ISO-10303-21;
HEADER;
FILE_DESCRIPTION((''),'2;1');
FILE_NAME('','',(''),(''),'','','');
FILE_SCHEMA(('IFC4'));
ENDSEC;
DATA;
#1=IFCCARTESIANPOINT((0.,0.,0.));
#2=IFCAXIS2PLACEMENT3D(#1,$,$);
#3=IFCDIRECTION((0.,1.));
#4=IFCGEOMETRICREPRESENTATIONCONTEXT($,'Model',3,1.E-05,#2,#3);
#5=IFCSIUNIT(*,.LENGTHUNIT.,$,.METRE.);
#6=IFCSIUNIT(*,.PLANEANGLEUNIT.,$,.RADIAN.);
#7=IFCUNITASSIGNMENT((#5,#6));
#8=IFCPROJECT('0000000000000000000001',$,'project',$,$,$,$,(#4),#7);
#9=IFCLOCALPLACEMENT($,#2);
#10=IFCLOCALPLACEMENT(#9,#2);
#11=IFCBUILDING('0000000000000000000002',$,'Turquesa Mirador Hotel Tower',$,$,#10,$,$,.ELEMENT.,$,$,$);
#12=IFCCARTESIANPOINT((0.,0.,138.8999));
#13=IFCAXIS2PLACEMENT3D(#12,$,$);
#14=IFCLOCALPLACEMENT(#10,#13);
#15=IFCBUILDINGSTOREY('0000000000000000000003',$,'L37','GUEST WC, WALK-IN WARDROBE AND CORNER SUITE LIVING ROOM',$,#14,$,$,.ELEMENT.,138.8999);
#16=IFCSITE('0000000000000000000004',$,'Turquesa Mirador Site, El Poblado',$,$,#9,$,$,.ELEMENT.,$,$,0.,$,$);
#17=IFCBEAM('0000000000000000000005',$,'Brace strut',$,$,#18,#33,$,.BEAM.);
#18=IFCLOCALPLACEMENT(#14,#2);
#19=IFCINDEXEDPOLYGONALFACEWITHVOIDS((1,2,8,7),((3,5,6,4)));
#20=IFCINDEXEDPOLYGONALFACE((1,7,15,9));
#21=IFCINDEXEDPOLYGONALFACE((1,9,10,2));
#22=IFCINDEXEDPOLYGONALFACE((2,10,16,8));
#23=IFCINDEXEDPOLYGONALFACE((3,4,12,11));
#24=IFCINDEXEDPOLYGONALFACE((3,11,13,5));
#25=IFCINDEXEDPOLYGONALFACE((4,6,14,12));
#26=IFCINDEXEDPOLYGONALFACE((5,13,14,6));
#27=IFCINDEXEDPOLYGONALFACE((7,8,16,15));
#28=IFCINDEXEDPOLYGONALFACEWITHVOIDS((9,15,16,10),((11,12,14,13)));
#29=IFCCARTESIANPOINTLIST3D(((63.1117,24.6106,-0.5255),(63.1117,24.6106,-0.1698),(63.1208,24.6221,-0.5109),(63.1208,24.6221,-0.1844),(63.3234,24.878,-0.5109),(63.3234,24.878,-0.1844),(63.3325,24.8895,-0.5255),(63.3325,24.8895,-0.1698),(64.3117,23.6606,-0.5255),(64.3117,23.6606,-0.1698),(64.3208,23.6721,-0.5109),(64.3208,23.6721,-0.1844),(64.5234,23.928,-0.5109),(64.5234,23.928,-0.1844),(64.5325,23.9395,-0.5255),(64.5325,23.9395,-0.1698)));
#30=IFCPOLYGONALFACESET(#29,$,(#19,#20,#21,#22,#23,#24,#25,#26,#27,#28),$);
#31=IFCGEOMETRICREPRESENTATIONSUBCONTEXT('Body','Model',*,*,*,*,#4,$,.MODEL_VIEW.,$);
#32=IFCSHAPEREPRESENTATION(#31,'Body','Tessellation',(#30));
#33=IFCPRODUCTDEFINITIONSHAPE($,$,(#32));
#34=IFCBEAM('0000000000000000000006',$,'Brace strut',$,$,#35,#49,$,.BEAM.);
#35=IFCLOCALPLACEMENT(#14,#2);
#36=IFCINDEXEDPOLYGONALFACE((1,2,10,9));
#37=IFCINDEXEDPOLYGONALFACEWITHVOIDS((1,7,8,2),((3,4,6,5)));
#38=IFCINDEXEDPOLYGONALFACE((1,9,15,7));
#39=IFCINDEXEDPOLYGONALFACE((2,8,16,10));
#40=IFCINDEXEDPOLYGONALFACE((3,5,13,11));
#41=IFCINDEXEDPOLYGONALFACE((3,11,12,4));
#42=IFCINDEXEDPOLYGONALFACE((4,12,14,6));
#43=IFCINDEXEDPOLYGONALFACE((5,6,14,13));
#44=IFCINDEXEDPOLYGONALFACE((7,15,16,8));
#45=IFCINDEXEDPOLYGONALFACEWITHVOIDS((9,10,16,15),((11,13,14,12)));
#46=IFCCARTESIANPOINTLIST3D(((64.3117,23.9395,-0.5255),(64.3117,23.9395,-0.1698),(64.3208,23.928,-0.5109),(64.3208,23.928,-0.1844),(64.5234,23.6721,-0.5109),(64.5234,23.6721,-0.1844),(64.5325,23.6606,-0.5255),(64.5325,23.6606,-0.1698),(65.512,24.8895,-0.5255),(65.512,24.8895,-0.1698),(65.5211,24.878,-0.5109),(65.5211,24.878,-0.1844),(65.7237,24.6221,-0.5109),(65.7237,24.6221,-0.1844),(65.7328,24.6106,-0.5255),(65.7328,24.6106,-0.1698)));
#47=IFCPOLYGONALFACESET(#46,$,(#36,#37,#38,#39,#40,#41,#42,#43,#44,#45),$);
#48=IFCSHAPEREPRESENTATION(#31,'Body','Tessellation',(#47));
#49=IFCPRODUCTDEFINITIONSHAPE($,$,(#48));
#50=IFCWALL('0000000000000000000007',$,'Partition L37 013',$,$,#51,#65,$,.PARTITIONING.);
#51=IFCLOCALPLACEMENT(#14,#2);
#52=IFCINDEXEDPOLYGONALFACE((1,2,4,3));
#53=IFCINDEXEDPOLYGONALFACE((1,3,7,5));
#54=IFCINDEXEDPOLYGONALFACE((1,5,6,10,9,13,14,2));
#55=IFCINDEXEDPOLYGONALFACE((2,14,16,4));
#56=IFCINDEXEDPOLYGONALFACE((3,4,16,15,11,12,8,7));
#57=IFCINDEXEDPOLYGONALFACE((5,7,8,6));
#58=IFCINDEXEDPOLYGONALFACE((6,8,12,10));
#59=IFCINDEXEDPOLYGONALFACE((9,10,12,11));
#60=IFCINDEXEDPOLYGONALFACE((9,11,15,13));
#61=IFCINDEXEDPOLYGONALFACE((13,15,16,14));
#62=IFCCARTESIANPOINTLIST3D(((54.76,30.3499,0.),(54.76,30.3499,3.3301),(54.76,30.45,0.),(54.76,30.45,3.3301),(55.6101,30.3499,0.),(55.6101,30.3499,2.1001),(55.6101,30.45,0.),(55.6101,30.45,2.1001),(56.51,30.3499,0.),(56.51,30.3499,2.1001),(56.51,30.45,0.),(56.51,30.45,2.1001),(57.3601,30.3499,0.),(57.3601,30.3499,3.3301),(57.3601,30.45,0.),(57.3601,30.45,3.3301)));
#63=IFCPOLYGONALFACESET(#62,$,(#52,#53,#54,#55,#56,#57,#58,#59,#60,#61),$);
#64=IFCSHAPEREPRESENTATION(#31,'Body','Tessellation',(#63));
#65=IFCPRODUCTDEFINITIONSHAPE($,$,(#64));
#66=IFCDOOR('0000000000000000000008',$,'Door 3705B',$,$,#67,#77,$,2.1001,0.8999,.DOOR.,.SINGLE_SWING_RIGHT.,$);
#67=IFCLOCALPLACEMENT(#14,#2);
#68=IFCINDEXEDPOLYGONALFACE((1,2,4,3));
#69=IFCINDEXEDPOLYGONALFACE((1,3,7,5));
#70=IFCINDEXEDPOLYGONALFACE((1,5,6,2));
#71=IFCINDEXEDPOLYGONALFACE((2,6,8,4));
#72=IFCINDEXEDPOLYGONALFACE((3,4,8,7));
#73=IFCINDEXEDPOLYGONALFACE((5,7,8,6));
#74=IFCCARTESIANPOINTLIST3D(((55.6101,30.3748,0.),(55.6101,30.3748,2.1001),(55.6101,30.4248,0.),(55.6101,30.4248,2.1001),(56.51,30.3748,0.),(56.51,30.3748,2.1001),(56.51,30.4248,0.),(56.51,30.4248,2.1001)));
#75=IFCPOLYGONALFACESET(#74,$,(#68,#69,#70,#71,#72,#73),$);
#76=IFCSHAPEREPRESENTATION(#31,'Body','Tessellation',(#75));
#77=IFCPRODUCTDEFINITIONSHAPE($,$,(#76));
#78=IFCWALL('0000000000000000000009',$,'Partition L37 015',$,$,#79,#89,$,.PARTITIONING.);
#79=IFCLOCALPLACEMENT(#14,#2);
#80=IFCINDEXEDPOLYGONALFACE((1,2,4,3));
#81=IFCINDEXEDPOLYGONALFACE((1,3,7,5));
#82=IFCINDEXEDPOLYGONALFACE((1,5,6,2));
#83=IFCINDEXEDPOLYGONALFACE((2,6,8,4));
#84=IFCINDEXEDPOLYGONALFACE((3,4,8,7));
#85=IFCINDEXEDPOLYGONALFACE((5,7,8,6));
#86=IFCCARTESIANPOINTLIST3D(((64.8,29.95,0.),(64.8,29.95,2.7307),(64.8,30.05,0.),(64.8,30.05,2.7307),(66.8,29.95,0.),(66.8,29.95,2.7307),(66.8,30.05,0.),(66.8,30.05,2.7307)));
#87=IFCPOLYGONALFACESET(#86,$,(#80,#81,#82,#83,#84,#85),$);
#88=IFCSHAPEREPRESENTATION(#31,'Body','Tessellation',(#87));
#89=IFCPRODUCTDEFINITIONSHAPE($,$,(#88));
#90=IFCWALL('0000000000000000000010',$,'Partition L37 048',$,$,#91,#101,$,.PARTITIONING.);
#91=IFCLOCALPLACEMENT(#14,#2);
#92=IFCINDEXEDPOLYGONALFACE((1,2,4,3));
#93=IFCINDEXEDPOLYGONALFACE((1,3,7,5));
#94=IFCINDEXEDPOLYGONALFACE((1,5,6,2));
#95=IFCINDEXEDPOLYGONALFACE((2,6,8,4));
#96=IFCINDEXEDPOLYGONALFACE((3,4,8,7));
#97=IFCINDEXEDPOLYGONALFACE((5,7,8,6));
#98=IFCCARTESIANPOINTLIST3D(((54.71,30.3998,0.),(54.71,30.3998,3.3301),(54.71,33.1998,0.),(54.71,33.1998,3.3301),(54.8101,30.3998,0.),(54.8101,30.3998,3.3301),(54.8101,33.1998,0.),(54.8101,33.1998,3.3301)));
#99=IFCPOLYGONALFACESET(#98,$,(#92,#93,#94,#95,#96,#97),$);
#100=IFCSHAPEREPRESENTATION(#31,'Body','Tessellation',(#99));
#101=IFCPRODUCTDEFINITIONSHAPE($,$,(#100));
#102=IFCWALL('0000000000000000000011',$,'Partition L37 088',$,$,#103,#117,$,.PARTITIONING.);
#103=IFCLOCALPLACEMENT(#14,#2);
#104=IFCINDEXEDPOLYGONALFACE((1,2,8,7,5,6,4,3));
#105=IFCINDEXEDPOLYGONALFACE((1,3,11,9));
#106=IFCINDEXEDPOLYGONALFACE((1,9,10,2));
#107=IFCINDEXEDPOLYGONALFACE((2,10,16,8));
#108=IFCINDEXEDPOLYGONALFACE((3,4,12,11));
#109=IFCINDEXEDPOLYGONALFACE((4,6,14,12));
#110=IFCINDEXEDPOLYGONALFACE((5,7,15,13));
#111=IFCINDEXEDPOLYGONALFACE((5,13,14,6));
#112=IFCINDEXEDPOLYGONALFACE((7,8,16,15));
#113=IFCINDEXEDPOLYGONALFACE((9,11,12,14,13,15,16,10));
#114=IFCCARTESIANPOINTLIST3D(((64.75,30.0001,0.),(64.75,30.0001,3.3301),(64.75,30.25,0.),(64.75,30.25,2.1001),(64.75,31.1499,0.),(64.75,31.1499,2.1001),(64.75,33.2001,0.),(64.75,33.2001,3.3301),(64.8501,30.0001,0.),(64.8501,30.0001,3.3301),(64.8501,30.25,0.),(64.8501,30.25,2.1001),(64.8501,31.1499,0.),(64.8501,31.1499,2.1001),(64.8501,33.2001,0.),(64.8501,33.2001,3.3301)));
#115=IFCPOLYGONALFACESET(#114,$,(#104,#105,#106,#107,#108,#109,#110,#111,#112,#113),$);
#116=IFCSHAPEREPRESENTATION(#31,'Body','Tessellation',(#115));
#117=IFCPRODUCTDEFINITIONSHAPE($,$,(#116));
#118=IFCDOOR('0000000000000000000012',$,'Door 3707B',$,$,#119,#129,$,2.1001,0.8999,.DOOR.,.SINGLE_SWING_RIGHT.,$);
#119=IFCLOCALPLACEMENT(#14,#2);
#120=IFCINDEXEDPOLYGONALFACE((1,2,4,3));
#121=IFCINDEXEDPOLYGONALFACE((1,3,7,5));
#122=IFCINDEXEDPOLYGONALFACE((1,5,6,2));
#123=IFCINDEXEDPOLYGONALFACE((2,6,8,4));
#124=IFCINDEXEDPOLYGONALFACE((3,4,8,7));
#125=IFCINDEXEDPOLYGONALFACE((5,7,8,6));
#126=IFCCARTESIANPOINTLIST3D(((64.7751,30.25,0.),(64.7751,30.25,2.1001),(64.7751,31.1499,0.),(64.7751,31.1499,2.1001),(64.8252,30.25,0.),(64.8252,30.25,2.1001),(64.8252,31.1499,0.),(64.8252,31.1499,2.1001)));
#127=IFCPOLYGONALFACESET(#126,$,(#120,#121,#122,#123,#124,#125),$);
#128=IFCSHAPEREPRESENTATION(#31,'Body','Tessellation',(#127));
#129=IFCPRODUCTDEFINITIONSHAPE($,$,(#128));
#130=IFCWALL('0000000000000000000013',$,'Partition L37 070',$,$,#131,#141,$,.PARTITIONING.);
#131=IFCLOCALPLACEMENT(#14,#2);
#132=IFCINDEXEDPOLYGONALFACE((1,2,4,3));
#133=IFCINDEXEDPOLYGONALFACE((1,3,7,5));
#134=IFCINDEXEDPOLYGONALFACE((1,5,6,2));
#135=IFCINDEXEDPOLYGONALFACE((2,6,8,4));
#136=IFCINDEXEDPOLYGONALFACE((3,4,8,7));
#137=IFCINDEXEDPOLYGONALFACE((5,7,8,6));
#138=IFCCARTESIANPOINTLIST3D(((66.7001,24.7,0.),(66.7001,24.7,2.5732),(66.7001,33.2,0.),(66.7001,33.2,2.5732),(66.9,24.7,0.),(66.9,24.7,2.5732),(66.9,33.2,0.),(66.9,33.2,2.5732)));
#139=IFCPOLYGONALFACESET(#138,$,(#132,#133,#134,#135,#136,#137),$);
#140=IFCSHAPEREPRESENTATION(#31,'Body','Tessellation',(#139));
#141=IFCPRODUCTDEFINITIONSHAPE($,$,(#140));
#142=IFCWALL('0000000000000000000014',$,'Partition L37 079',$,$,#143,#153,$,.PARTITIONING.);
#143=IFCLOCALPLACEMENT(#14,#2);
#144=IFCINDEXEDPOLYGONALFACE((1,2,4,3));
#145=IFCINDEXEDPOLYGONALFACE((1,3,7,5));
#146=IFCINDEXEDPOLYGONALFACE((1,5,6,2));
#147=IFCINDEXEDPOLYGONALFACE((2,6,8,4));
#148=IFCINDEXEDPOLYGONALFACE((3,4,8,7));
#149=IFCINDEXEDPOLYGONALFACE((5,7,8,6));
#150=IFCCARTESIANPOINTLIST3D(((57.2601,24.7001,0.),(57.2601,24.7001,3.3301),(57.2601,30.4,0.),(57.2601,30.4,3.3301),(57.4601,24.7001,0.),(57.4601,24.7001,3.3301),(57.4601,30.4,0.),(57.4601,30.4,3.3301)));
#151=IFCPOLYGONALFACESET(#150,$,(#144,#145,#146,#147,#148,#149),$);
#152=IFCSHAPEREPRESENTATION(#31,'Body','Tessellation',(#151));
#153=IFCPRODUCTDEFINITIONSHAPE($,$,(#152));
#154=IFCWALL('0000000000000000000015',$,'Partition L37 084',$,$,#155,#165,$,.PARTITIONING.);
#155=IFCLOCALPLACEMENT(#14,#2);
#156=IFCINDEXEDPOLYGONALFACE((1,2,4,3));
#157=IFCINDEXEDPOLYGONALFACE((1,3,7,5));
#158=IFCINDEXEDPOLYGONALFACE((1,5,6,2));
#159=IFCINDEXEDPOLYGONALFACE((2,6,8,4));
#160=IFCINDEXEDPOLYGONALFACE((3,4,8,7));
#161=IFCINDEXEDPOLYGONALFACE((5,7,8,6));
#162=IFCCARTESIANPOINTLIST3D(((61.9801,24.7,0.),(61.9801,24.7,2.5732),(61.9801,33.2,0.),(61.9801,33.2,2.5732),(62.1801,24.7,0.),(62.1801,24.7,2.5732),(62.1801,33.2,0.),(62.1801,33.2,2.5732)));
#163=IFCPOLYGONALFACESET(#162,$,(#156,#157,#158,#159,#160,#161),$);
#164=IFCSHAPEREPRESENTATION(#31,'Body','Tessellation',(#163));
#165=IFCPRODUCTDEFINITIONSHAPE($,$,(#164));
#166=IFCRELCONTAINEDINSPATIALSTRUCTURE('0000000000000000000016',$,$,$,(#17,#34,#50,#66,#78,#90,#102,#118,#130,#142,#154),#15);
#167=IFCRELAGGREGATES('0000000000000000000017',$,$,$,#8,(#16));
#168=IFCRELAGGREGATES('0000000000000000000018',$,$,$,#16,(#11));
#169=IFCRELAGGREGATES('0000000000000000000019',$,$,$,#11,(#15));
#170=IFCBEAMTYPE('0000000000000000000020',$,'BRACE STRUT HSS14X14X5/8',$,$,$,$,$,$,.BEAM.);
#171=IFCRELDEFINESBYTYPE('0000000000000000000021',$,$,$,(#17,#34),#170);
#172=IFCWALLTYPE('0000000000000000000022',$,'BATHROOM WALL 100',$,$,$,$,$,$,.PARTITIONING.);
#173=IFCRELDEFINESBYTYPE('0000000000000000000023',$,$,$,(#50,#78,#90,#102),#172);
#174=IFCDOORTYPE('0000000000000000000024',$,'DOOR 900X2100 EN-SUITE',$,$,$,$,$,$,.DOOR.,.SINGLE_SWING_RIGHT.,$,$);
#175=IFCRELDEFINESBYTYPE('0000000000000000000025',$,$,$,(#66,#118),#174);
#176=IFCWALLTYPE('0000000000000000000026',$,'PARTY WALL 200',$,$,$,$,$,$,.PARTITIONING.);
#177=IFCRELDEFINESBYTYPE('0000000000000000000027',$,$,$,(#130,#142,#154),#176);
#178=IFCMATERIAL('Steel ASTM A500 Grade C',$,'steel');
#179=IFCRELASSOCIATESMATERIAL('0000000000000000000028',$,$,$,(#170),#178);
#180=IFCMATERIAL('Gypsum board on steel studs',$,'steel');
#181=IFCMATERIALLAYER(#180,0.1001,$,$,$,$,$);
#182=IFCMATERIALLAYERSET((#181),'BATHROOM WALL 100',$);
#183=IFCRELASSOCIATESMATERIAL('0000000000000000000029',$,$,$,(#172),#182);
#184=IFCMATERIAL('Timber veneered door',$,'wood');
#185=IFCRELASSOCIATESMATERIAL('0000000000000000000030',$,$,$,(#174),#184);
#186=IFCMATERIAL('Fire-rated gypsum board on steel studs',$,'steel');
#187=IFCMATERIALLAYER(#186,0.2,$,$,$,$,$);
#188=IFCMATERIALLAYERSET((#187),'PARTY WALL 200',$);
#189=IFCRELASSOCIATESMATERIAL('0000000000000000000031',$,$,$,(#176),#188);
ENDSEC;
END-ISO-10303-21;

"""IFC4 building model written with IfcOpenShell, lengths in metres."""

from ifc_helpers import new_model, si_unit, direction, frame, frame_2d, origin, origin_2d, place, context, subcontext, project, spatial, rectangle, hollow_rectangle, extrude, material, layer, layer_set, material_profile, profile_set, type_object, element, fill, save


model = new_model("IFC4")

# Units and contexts
model_context = context("Model", 3, precision=1e-05, world=origin(), true_north=direction((0.0, 1.0)))
body_context = subcontext(model_context, "Body", "Model", "MODEL_VIEW")
ifc_project = project(units=[si_unit("LENGTHUNIT", "METRE"), si_unit("PLANEANGLEUNIT", "RADIAN")], contexts=[model_context])

# Site, building, storey
site_placement = place(None, origin())
site = spatial("IfcSite", under=ifc_project, at=site_placement, Name="Turquesa Mirador Site, El Poblado", CompositionType="ELEMENT", RefElevation=0.0)
building_placement = place(site_placement, origin())
building = spatial("IfcBuilding", under=site, at=building_placement, Name="Turquesa Mirador Hotel Tower", CompositionType="ELEMENT")
storey_placement = place(building_placement, frame((0.0, 0.0, 138.8999)))
storey = spatial("IfcBuildingStorey", under=building, at=storey_placement, Name="L37", Description="GUEST WC, WALK-IN WARDROBE AND CORNER SUITE LIVING ROOM", CompositionType="ELEMENT", Elevation=138.8999)

# Beams
ifc_material_1 = material(Name="Steel ASTM A500 Grade C", Category="steel")
ifc_material_profile_1 = material_profile(ifc_material_1, hollow_rectangle(XDim=0.3557, YDim=0.3557, WallThickness=0.0146, at=origin_2d()), Name="HSS14X14X5/8")
ifc_profile_set_1 = profile_set([ifc_material_profile_1], Name="Steel ASTM A500 Grade C")
beam_type_1 = type_object("IfcBeamType", Name="BRACE STRUT HSS14X14X5/8", PredefinedType="BEAM", material=ifc_profile_set_1)
beam_1_placement = place(storey_placement, frame((64.4221, 23.8, -0.3477), z_axis=(-0.784049, 0.620699, 0.0), x_axis=(-0.620699, -0.784049, 0.0)))
element("IfcBeam", 1, at=beam_1_placement, inside=storey, type_object=beam_type_1, Name="Brace strut", PredefinedType="BEAM", context=body_context, shape_type="SweptSolid", body=[
    extrude(hollow_rectangle(XDim=0.3557, YDim=0.3557, WallThickness=0.0146, at=origin_2d()), origin(), (0.0, 0.0, 1.0), 1.5305),
])
beam_2_placement = place(storey_placement, frame((64.4221, 23.8, -0.3477), z_axis=(0.784111, 0.620621, 0.0), x_axis=(-0.620621, 0.784111, 0.0)))
element("IfcBeam", 2, at=beam_2_placement, inside=storey, type_object=beam_type_1, Name="Brace strut", PredefinedType="BEAM", context=body_context, shape_type="SweptSolid", body=[
    extrude(hollow_rectangle(XDim=0.3557, YDim=0.3557, WallThickness=0.0146, at=origin_2d()), origin(), (0.0, 0.0, 1.0), 1.5308),
])

# Wall, opening, door
ifc_material_2 = material(Name="Gypsum board on steel studs", Category="steel")
ifc_layer_1 = layer(ifc_material_2, 0.1001)
ifc_layer_set_1 = layer_set([ifc_layer_1], Name="BATHROOM WALL 100")
wall_type_1 = type_object("IfcWallType", Name="BATHROOM WALL 100", PredefinedType="PARTITIONING", material=ifc_layer_set_1)
wall_1_placement = place(storey_placement, frame((54.76, 30.3999, 0.0), z_axis=(0.0, 0.0, 1.0), x_axis=(1.0, 0.0, 0.0)))
wall_1 = element("IfcWall", 3, at=wall_1_placement, inside=storey, type_object=wall_type_1, Name="Partition L37 013", PredefinedType="PARTITIONING", context=body_context, shape_type="SweptSolid", body=[
    extrude(rectangle(XDim=2.6001, YDim=0.1001, at=frame_2d((1.3, 0.0))), origin(), (0.0, 0.0, 1.0), 3.3301),
])
opening_1_placement = place(wall_1_placement, frame((0.8501, 0.0, 0.0)))
opening_1 = element("IfcOpeningElement", 4, at=opening_1_placement, cuts=wall_1, PredefinedType="OPENING", context=body_context, shape_type="SweptSolid", body=[
    extrude(rectangle(XDim=0.8999, YDim=2.1001, at=frame_2d((0.45, 1.05))), frame((0.0, 0.0601, 0.0), z_axis=(0.0, -1.0, 0.0), x_axis=(1.0, 0.0, 0.0)), (0.0, 0.0, 1.0), 0.1201),
])
ifc_material_3 = material(Name="Timber veneered door", Category="wood")
door_type = type_object("IfcDoorType", Name="DOOR 900X2100 EN-SUITE", OperationType="SINGLE_SWING_RIGHT", PredefinedType="DOOR", material=ifc_material_3)
door_1_placement = place(opening_1_placement, origin())
door_1 = element("IfcDoor", 5, at=door_1_placement, inside=storey, type_object=door_type, Name="Door 3705B", OperationType="SINGLE_SWING_RIGHT", OverallHeight=2.1001, OverallWidth=0.8999, PredefinedType="DOOR", context=body_context, shape_type="SweptSolid", body=[
    extrude(rectangle(XDim=0.8999, YDim=2.1001, at=frame_2d((0.45, 1.05))), frame((0.0, 0.0249, 0.0), z_axis=(0.0, -1.0, 0.0), x_axis=(1.0, 0.0, 0.0)), (0.0, 0.0, 1.0), 0.05),
])
fill(opening_1, door_1)

# Walls
wall_2_placement = place(storey_placement, frame((64.8, 30.0, 0.0), z_axis=(0.0, 0.0, 1.0), x_axis=(1.0, 0.0, 0.0)))
element("IfcWall", 6, at=wall_2_placement, inside=storey, type_object=wall_type_1, Name="Partition L37 015", PredefinedType="PARTITIONING", context=body_context, shape_type="SweptSolid", body=[
    extrude(rectangle(XDim=2.0, YDim=0.1001, at=frame_2d((1.0, 0.0))), origin(), (0.0, 0.0, 1.0), 2.7307),
])
wall_3_placement = place(storey_placement, frame((54.76, 30.3999, 0.0), z_axis=(0.0, 0.0, 1.0), x_axis=(0.0, 1.0, 0.0)))
element("IfcWall", 7, at=wall_3_placement, inside=storey, type_object=wall_type_1, Name="Partition L37 048", PredefinedType="PARTITIONING", context=body_context, shape_type="SweptSolid", body=[
    extrude(rectangle(XDim=2.8, YDim=0.1001, at=frame_2d((1.3999, 0.0))), origin(), (0.0, 0.0, 1.0), 3.3301),
])

# Wall, opening, door
wall_4_placement = place(storey_placement, frame((64.8, 30.0, 0.0), z_axis=(0.0, 0.0, 1.0), x_axis=(0.0, 1.0, 0.0)))
wall_4 = element("IfcWall", 8, at=wall_4_placement, inside=storey, type_object=wall_type_1, Name="Partition L37 088", PredefinedType="PARTITIONING", context=body_context, shape_type="SweptSolid", body=[
    extrude(rectangle(XDim=3.2, YDim=0.1001, at=frame_2d((1.6001, 0.0))), origin(), (0.0, 0.0, 1.0), 3.3301),
])
opening_2_placement = place(wall_4_placement, frame((0.25, 0.0, 0.0)))
opening_2 = element("IfcOpeningElement", 9, at=opening_2_placement, cuts=wall_4, PredefinedType="OPENING", context=body_context, shape_type="SweptSolid", body=[
    extrude(rectangle(XDim=0.8999, YDim=2.1001, at=frame_2d((0.45, 1.05))), frame((0.0, 0.0601, 0.0), z_axis=(0.0, -1.0, 0.0), x_axis=(1.0, 0.0, 0.0)), (0.0, 0.0, 1.0), 0.1201),
])
door_2_placement = place(opening_2_placement, origin())
door_2 = element("IfcDoor", 10, at=door_2_placement, inside=storey, type_object=door_type, Name="Door 3707B", OperationType="SINGLE_SWING_RIGHT", OverallHeight=2.1001, OverallWidth=0.8999, PredefinedType="DOOR", context=body_context, shape_type="SweptSolid", body=[
    extrude(rectangle(XDim=0.8999, YDim=2.1001, at=frame_2d((0.45, 1.05))), frame((0.0, 0.0249, 0.0), z_axis=(0.0, -1.0, 0.0), x_axis=(1.0, 0.0, 0.0)), (0.0, 0.0, 1.0), 0.05),
])
fill(opening_2, door_2)

# Walls
ifc_material_4 = material(Name="Fire-rated gypsum board on steel studs", Category="steel")
ifc_layer_2 = layer(ifc_material_4, 0.2)
ifc_layer_set_2 = layer_set([ifc_layer_2], Name="PARTY WALL 200")
wall_type_2 = type_object("IfcWallType", Name="PARTY WALL 200", PredefinedType="PARTITIONING", material=ifc_layer_set_2)
wall_5_placement = place(storey_placement, frame((66.8, 24.7, 0.0), z_axis=(0.0, 0.0, 1.0), x_axis=(0.0, 1.0, 0.0)))
element("IfcWall", 11, at=wall_5_placement, inside=storey, type_object=wall_type_2, Name="Partition L37 070", PredefinedType="PARTITIONING", context=body_context, shape_type="SweptSolid", body=[
    extrude(rectangle(XDim=8.5, YDim=0.2, at=frame_2d((4.25, 0.0))), origin(), (0.0, 0.0, 1.0), 2.5732),
])
wall_6_placement = place(storey_placement, frame((57.3601, 24.7, 0.0), z_axis=(0.0, 0.0, 1.0), x_axis=(0.0, 1.0, 0.0)))
element("IfcWall", 12, at=wall_6_placement, inside=storey, type_object=wall_type_2, Name="Partition L37 079", PredefinedType="PARTITIONING", context=body_context, shape_type="SweptSolid", body=[
    extrude(rectangle(XDim=5.7, YDim=0.2, at=frame_2d((2.8501, 0.0))), origin(), (0.0, 0.0, 1.0), 3.3301),
])
wall_7_placement = place(storey_placement, frame((62.0801, 24.7, 0.0), z_axis=(0.0, 0.0, 1.0), x_axis=(0.0, 1.0, 0.0)))
element("IfcWall", 13, at=wall_7_placement, inside=storey, type_object=wall_type_2, Name="Partition L37 084", PredefinedType="PARTITIONING", context=body_context, shape_type="SweptSolid", body=[
    extrude(rectangle(XDim=8.5, YDim=0.2, at=frame_2d((4.25, 0.0))), origin(), (0.0, 0.0, 1.0), 2.5732),
])

save(model, "model.ifc")
